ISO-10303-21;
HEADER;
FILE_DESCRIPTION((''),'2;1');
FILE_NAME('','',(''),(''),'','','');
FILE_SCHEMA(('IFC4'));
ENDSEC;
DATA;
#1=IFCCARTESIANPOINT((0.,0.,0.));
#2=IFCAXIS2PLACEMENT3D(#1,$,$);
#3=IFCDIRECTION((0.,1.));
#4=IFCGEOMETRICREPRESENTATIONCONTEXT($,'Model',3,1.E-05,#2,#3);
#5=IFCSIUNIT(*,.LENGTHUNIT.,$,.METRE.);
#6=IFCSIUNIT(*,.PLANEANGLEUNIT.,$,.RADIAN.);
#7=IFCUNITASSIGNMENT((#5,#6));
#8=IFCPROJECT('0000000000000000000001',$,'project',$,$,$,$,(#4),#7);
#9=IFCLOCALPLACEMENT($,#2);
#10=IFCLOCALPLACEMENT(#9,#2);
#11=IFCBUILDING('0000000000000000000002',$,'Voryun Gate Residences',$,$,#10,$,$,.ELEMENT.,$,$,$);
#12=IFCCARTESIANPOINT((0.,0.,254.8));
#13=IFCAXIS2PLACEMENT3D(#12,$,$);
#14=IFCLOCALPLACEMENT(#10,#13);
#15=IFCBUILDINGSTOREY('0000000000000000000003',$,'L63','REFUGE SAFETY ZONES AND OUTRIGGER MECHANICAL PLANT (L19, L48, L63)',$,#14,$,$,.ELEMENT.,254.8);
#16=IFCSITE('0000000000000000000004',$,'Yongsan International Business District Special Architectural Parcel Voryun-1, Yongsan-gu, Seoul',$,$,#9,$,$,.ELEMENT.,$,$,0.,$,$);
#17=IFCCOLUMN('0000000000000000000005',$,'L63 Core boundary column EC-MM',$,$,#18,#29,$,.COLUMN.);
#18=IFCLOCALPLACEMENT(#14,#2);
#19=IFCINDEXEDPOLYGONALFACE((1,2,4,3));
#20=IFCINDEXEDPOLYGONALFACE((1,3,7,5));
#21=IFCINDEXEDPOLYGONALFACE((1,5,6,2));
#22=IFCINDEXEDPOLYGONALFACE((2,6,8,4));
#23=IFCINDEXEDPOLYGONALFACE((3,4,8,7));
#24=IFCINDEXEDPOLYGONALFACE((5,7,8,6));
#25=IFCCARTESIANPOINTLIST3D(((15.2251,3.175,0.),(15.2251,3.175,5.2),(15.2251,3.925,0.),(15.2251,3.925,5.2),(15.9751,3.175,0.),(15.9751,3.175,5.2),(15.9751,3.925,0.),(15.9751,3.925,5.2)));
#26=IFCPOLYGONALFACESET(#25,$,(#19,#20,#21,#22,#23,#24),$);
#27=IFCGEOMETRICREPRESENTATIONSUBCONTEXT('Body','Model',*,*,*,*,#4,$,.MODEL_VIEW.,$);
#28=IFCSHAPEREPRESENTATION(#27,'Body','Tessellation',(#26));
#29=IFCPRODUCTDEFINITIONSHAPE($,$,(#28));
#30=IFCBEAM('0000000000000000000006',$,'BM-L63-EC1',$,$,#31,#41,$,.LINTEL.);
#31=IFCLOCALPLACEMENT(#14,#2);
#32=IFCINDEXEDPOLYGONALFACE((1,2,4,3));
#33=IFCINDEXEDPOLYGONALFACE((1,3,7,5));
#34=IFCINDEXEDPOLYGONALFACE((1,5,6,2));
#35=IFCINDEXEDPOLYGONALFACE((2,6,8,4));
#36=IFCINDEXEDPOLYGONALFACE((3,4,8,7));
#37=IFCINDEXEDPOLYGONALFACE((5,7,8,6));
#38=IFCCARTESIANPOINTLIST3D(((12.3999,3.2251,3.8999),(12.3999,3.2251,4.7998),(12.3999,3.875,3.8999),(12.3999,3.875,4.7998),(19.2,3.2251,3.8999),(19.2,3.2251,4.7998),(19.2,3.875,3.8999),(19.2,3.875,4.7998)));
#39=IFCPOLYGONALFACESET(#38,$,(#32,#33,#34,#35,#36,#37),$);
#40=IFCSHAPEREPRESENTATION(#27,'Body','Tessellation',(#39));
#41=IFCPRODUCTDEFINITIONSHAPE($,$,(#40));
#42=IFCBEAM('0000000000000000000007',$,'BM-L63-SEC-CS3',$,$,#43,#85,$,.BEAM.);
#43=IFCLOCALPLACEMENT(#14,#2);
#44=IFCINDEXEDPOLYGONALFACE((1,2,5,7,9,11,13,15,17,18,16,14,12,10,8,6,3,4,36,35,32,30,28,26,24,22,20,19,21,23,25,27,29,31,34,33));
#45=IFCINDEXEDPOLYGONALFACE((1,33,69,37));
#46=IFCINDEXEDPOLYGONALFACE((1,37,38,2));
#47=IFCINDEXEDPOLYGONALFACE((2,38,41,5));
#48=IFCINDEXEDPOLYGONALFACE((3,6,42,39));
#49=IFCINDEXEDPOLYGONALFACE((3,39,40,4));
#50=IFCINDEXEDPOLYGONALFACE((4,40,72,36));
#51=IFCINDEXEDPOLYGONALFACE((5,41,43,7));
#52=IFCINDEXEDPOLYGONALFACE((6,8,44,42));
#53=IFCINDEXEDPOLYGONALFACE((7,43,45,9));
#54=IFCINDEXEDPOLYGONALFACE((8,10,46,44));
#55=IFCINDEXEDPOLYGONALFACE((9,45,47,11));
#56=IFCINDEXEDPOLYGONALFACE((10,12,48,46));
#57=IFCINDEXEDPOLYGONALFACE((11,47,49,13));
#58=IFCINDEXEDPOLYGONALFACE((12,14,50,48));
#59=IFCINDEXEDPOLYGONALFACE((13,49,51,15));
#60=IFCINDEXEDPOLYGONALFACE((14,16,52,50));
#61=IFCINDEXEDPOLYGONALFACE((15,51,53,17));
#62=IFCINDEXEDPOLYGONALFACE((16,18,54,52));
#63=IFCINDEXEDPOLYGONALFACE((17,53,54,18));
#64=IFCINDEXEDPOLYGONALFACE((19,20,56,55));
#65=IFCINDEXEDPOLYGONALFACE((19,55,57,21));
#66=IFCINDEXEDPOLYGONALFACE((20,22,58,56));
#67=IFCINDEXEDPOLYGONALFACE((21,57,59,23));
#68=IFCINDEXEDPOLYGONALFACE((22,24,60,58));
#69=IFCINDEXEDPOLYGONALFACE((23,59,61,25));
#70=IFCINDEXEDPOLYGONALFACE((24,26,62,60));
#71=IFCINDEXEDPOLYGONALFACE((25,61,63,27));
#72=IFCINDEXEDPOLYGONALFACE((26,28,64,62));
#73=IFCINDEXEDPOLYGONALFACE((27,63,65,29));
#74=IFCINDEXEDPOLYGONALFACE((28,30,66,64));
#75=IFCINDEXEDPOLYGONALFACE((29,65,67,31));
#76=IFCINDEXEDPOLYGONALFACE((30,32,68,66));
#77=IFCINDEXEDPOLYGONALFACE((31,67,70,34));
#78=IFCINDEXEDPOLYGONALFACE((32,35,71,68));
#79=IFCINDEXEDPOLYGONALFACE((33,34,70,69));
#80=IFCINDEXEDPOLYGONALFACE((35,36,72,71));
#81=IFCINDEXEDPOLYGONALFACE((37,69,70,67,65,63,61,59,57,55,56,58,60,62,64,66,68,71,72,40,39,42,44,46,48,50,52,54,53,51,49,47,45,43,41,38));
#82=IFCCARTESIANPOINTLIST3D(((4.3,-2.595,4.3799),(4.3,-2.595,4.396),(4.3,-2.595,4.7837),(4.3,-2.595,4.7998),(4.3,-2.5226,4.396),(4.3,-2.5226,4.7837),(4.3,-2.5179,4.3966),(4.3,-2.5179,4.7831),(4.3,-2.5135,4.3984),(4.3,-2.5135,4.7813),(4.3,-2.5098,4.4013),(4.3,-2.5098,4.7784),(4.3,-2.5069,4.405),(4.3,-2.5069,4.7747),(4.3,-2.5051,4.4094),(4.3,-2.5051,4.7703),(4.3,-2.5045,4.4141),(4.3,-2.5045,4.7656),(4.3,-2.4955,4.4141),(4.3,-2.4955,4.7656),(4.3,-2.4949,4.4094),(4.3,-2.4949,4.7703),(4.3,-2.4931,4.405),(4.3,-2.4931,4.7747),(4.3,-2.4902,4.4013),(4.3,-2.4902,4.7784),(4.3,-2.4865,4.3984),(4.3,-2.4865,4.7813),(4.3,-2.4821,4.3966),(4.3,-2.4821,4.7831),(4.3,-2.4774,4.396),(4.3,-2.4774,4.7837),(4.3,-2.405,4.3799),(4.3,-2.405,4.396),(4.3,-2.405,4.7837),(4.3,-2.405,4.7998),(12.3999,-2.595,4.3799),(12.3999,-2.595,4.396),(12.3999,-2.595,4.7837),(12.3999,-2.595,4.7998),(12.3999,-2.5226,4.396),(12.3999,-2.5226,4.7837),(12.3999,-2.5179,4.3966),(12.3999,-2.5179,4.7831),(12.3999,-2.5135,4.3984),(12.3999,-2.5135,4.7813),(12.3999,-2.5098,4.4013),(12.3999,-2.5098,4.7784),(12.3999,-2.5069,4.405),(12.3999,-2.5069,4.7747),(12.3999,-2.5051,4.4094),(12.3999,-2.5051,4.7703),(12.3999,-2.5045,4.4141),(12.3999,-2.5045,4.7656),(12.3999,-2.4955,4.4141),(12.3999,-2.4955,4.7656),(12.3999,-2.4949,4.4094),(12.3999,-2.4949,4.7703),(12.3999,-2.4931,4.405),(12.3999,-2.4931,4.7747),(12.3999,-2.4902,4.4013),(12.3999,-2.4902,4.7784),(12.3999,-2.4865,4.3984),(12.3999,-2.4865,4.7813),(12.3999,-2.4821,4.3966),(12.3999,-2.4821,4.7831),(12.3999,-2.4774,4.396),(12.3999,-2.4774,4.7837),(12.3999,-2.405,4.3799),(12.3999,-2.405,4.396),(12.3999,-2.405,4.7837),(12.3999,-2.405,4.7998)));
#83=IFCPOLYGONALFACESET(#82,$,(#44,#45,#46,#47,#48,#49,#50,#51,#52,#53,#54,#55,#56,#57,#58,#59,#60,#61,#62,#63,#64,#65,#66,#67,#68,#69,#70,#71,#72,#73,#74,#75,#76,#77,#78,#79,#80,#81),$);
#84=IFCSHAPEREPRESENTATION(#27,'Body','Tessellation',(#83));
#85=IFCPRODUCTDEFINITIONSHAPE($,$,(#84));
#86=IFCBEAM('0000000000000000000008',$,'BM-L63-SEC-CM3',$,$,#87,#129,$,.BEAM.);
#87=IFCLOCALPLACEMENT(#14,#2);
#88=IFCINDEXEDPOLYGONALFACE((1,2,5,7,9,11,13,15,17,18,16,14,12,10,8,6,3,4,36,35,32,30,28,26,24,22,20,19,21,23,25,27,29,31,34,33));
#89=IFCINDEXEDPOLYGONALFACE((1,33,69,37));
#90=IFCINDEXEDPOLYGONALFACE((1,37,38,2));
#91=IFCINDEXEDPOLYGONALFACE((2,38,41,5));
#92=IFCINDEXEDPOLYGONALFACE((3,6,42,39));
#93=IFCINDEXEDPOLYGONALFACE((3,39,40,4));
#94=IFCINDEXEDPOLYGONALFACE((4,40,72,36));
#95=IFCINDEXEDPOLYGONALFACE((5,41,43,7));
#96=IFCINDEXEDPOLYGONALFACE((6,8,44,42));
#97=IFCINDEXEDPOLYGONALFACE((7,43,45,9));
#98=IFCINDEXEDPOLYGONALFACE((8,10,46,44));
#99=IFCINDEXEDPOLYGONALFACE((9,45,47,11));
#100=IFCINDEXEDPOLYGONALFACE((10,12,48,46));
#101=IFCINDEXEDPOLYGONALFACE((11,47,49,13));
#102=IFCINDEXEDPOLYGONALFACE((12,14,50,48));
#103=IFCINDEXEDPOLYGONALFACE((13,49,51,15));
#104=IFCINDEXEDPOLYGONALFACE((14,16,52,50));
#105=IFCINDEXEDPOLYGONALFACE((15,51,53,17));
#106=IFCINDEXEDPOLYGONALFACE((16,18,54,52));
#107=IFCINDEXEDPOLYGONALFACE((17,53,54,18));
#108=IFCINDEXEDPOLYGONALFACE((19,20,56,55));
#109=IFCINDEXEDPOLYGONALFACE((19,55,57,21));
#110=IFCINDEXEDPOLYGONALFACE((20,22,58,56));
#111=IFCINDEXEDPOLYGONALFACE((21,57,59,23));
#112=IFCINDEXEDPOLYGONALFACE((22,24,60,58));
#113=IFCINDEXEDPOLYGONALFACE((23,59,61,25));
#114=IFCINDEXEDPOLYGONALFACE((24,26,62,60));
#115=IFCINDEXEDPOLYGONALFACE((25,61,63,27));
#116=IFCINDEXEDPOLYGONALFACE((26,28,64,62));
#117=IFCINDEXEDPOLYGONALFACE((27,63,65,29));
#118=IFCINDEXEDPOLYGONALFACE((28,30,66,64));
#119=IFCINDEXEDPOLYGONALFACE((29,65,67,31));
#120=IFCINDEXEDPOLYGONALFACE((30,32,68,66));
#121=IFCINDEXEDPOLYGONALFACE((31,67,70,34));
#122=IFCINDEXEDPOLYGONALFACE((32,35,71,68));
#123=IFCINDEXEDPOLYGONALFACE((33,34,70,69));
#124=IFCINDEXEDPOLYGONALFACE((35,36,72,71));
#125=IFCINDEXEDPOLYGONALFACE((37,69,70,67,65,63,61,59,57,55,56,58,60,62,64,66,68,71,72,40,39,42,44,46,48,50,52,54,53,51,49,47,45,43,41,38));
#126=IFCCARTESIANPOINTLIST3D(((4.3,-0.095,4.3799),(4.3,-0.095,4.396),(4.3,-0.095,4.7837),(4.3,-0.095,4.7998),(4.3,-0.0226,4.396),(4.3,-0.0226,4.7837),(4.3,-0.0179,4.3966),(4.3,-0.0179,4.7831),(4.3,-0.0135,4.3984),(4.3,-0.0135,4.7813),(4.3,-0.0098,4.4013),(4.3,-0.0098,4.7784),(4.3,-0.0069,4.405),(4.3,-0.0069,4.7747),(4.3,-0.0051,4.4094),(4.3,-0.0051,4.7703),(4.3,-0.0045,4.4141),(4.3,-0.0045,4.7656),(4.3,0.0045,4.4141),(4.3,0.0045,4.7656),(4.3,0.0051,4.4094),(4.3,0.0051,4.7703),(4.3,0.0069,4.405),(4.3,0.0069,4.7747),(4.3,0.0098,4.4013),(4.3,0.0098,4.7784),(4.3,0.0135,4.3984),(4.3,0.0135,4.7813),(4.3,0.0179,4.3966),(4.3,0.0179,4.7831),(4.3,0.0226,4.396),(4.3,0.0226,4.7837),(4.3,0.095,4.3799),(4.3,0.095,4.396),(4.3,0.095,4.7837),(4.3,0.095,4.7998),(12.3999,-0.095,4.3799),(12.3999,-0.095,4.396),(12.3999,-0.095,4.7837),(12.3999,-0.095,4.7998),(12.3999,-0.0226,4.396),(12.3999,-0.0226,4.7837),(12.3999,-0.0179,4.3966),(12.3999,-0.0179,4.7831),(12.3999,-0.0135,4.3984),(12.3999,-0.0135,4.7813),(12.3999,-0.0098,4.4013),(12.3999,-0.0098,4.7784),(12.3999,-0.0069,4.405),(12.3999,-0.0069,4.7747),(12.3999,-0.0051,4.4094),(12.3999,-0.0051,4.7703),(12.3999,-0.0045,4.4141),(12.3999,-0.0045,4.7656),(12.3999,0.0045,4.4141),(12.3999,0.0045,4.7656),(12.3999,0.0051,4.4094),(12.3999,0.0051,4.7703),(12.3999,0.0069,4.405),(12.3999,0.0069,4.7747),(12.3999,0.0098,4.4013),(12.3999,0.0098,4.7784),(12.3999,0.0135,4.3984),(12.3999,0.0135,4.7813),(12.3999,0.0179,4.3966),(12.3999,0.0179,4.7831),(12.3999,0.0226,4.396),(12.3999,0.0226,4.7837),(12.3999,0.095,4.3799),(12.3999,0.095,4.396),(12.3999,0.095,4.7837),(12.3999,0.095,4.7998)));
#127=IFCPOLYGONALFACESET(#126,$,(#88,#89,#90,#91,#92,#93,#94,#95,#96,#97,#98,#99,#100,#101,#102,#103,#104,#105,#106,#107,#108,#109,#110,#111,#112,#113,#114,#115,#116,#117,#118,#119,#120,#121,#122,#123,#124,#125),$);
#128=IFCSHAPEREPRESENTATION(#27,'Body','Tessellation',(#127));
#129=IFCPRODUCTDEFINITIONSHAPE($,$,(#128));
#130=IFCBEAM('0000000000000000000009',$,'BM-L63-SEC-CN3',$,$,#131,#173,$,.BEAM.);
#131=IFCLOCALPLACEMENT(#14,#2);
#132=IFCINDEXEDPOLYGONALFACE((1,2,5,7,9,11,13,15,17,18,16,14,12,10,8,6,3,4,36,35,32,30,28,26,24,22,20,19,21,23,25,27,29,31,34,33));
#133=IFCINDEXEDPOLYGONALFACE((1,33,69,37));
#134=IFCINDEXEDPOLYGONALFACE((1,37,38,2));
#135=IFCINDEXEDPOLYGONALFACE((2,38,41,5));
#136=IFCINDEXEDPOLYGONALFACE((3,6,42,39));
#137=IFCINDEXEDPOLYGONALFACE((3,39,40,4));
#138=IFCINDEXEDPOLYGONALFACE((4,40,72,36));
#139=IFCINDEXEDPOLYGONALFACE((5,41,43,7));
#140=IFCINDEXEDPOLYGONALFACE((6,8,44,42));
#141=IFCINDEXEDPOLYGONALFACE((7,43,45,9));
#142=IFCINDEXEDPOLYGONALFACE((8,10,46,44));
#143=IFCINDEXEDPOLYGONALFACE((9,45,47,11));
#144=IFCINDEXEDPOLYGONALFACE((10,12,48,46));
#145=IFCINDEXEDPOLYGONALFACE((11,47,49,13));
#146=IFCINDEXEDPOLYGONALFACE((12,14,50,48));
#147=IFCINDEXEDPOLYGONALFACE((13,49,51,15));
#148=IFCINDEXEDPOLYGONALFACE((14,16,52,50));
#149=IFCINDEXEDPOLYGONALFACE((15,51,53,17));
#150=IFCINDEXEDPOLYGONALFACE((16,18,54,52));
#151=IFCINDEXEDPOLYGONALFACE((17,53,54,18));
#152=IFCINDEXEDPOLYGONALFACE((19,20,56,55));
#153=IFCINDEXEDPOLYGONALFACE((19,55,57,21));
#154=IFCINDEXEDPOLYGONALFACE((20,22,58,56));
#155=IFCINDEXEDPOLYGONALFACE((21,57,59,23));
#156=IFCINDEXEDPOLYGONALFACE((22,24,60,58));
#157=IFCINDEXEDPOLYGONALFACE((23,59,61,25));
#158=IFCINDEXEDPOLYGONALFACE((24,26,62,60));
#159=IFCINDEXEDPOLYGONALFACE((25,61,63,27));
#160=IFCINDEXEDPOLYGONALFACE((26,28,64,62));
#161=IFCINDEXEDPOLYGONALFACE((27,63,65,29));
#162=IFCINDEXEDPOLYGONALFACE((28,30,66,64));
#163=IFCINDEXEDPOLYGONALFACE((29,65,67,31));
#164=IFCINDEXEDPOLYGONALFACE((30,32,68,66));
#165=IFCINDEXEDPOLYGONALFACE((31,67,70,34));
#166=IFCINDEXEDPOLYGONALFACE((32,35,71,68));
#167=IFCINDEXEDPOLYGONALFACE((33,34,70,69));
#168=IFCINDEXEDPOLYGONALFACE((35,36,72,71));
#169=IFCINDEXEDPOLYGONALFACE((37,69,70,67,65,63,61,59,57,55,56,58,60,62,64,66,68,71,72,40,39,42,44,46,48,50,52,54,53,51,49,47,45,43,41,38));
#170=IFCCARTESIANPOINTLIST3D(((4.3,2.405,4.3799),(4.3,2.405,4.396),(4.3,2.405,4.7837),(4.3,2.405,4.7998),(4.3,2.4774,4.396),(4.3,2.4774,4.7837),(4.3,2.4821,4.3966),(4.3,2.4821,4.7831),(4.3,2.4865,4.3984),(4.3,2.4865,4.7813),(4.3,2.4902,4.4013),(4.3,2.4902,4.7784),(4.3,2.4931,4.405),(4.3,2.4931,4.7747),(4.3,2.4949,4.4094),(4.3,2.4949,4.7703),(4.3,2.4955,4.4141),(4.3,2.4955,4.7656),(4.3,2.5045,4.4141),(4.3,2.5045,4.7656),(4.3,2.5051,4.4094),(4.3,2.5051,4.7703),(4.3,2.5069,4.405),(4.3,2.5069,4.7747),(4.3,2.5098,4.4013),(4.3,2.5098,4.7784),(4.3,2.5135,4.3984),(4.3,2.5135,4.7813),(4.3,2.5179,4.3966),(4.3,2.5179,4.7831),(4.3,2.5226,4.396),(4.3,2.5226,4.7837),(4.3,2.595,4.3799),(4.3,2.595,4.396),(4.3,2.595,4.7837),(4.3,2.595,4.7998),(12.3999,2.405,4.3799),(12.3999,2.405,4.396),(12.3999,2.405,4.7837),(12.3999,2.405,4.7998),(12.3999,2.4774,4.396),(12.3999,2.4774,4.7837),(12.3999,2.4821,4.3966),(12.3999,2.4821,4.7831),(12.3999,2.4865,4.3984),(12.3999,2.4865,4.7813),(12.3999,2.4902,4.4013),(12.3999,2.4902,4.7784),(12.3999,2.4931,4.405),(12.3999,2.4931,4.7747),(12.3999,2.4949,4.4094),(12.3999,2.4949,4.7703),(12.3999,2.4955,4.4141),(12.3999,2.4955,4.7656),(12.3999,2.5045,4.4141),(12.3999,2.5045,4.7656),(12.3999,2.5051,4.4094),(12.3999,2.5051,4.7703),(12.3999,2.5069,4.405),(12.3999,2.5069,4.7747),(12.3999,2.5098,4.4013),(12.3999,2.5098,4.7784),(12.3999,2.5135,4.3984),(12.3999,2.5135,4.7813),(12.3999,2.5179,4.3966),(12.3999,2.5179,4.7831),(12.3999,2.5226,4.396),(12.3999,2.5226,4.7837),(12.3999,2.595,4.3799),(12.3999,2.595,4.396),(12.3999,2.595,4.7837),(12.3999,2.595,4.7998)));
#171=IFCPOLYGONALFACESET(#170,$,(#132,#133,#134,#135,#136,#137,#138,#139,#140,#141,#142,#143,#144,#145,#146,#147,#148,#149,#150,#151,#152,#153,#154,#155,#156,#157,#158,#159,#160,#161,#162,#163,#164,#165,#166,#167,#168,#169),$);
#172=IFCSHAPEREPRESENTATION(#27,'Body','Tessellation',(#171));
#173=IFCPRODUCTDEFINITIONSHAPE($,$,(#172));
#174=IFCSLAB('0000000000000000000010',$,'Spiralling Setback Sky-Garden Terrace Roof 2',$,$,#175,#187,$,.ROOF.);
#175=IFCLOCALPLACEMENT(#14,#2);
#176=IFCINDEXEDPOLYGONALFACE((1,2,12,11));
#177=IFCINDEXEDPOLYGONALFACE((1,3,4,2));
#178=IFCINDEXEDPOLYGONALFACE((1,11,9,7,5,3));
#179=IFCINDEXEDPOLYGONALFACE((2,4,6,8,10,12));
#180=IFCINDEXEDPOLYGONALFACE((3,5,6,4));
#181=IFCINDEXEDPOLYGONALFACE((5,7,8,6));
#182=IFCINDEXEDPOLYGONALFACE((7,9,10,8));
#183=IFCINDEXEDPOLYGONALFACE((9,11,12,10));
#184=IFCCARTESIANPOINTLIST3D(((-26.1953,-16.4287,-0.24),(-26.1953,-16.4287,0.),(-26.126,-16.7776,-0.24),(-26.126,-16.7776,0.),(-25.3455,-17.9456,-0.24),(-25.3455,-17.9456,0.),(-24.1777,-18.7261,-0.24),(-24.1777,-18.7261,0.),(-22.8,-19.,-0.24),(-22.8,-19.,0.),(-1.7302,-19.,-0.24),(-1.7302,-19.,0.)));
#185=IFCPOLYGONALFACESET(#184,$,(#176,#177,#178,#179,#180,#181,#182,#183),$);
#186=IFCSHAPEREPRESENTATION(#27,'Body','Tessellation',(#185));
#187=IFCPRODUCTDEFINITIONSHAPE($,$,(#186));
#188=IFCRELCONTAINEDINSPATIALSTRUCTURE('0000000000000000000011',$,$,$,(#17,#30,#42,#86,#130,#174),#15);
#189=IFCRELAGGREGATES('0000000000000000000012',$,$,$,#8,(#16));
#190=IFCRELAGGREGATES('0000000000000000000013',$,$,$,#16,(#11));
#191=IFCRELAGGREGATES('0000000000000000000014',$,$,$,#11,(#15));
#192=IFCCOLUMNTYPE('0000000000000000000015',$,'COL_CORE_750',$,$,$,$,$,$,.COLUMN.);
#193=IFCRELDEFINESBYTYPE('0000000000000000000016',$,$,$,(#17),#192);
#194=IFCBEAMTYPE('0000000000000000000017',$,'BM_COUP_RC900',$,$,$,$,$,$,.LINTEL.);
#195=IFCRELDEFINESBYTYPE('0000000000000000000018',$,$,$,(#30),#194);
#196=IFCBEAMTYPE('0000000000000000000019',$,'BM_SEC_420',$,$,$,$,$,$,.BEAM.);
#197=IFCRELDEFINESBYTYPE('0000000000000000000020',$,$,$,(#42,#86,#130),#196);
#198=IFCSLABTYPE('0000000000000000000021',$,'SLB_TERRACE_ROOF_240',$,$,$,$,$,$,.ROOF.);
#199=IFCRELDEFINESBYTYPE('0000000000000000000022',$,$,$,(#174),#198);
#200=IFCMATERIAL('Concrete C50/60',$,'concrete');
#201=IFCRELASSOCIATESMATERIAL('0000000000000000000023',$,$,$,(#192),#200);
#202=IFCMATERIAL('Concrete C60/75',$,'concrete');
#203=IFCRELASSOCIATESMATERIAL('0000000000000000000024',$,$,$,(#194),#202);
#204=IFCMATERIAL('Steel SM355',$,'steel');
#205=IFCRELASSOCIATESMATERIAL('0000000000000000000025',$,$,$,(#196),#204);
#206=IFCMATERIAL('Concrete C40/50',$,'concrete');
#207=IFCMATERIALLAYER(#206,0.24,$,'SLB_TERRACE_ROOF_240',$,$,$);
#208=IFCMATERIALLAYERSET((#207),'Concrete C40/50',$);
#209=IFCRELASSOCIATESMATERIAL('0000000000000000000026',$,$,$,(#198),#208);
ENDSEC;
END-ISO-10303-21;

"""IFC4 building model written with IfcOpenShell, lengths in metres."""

from ifc_helpers import new_model, si_unit, direction, frame, origin, origin_2d, place, context, subcontext, project, spatial, polyline, rectangle, i_section, outline, extrude, material, layer, layer_set, material_profile, profile_set, type_object, element, save


model = new_model("IFC4")

# Units and contexts
model_context = context("Model", 3, precision=1e-05, world=origin(), true_north=direction((0.0, 1.0)))
body_context = subcontext(model_context, "Body", "Model", "MODEL_VIEW")
ifc_project = project(units=[si_unit("LENGTHUNIT", "METRE"), si_unit("PLANEANGLEUNIT", "RADIAN")], contexts=[model_context])

# Site, building, storey
site_placement = place(None, origin())
site = spatial("IfcSite", under=ifc_project, at=site_placement, Name="Yongsan International Business District Special Architectural Parcel Voryun-1, Yongsan-gu, Seoul", CompositionType="ELEMENT", RefElevation=0.0)
building_placement = place(site_placement, origin())
building = spatial("IfcBuilding", under=site, at=building_placement, Name="Voryun Gate Residences", CompositionType="ELEMENT")
storey_placement = place(building_placement, frame((0.0, 0.0, 254.8)))
storey = spatial("IfcBuildingStorey", under=building, at=storey_placement, Name="L63", Description="REFUGE SAFETY ZONES AND OUTRIGGER MECHANICAL PLANT (L19, L48, L63)", CompositionType="ELEMENT", Elevation=254.8)

# Column
ifc_material_1 = material(Name="Concrete C50/60", Category="concrete")
ifc_material_profile_1 = material_profile(ifc_material_1, rectangle(XDim=0.75, YDim=0.75, at=origin_2d()), Name="RC-750x750")
ifc_profile_set_1 = profile_set([ifc_material_profile_1], Name="Concrete C50/60")
column_type = type_object("IfcColumnType", Name="COL_CORE_750", PredefinedType="COLUMN", material=ifc_profile_set_1)
column_placement = place(storey_placement, frame((15.6001, 3.55, 0.0), z_axis=(0.0, 0.0, 1.0), x_axis=(1.0, 0.0, 0.0)))
element("IfcColumn", 1, at=column_placement, inside=storey, type_object=column_type, Name="L63 Core boundary column EC-MM", PredefinedType="COLUMN", context=body_context, shape_type="SweptSolid", body=[
    extrude(rectangle(XDim=0.75, YDim=0.75, at=origin_2d()), origin(), (0.0, 0.0, 1.0), 5.2),
])

# Beams
ifc_material_2 = material(Name="Concrete C60/75", Category="concrete")
ifc_material_profile_2 = material_profile(ifc_material_2, rectangle(XDim=0.6499, YDim=0.8999, at=origin_2d()), Name="RC-650x900")
ifc_profile_set_2 = profile_set([ifc_material_profile_2], Name="Concrete C60/75")
beam_type_1 = type_object("IfcBeamType", Name="BM_COUP_RC900", PredefinedType="LINTEL", material=ifc_profile_set_2)
beam_placement = place(storey_placement, frame((12.3999, 3.55, 4.3499), z_axis=(1.0, 0.0, 0.0), x_axis=(0.0, 1.0, 0.0)))
element("IfcBeam", 2, at=beam_placement, inside=storey, type_object=beam_type_1, Name="BM-L63-EC1", PredefinedType="LINTEL", context=body_context, shape_type="SweptSolid", body=[
    extrude(rectangle(XDim=0.6499, YDim=0.8999, at=origin_2d()), origin(), (0.0, 0.0, 1.0), 6.8),
])
ifc_material_3 = material(Name="Steel SM355", Category="steel")
ifc_material_profile_3 = material_profile(ifc_material_3, i_section(OverallWidth=0.1899, OverallDepth=0.4199, WebThickness=0.009, FlangeThickness=0.0161, FilletRadius=0.0181, at=origin_2d()), Name="H-420x190x9x16")
ifc_profile_set_3 = profile_set([ifc_material_profile_3], Name="Steel SM355")
beam_type_2 = type_object("IfcBeamType", Name="BM_SEC_420", PredefinedType="BEAM", material=ifc_profile_set_3)
for number, where, z_axis, x_axis, name in (
    (3, (4.3, -2.5, 4.5898), (1.0, 0.0, 0.0), (0.0, 1.0, 0.0), "BM-L63-SEC-CS3"),
    (4, (4.3, 0.0, 4.5898), (1.0, 0.0, 0.0), (0.0, 1.0, 0.0), "BM-L63-SEC-CM3"),
    (5, (4.3, 2.5, 4.5898), (1.0, 0.0, 0.0), (0.0, 1.0, 0.0), "BM-L63-SEC-CN3"),
):
    element("IfcBeam", number, at=place(storey_placement, frame(where, z_axis=z_axis, x_axis=x_axis)), inside=storey, type_object=beam_type_2, Name=name, PredefinedType="BEAM", context=body_context, shape_type="SweptSolid", body=[
        extrude(i_section(OverallWidth=0.1899, OverallDepth=0.4199, WebThickness=0.009, FlangeThickness=0.0161, FilletRadius=0.0181, at=origin_2d()), origin(), (0.0, 0.0, 1.0), 8.0999),
    ])

# Slab
ifc_material_4 = material(Name="Concrete C40/50", Category="concrete")
ifc_layer_1 = layer(ifc_material_4, 0.24, Name="SLB_TERRACE_ROOF_240")
ifc_layer_set_1 = layer_set([ifc_layer_1], Name="Concrete C40/50")
slab_type = type_object("IfcSlabType", Name="SLB_TERRACE_ROOF_240", PredefinedType="ROOF", material=ifc_layer_set_1)
slab_placement = place(storey_placement, frame((0.0, 0.0, -0.24)))
element("IfcSlab", 6, at=slab_placement, inside=storey, type_object=slab_type, Name="Spiralling Setback Sky-Garden Terrace Roof 2", PredefinedType="ROOF", context=body_context, shape_type="SweptSolid", body=[
    extrude(outline(polyline([(-22.8, -19.0), (-24.1777, -18.7261), (-25.3455, -17.9456), (-26.126, -16.7776), (-26.1953, -16.4287), (-1.7302, -19.0), (-22.8, -19.0)])), origin(), (0.0, 0.0, 1.0), 0.24),
])

save(model, "model.ifc")
